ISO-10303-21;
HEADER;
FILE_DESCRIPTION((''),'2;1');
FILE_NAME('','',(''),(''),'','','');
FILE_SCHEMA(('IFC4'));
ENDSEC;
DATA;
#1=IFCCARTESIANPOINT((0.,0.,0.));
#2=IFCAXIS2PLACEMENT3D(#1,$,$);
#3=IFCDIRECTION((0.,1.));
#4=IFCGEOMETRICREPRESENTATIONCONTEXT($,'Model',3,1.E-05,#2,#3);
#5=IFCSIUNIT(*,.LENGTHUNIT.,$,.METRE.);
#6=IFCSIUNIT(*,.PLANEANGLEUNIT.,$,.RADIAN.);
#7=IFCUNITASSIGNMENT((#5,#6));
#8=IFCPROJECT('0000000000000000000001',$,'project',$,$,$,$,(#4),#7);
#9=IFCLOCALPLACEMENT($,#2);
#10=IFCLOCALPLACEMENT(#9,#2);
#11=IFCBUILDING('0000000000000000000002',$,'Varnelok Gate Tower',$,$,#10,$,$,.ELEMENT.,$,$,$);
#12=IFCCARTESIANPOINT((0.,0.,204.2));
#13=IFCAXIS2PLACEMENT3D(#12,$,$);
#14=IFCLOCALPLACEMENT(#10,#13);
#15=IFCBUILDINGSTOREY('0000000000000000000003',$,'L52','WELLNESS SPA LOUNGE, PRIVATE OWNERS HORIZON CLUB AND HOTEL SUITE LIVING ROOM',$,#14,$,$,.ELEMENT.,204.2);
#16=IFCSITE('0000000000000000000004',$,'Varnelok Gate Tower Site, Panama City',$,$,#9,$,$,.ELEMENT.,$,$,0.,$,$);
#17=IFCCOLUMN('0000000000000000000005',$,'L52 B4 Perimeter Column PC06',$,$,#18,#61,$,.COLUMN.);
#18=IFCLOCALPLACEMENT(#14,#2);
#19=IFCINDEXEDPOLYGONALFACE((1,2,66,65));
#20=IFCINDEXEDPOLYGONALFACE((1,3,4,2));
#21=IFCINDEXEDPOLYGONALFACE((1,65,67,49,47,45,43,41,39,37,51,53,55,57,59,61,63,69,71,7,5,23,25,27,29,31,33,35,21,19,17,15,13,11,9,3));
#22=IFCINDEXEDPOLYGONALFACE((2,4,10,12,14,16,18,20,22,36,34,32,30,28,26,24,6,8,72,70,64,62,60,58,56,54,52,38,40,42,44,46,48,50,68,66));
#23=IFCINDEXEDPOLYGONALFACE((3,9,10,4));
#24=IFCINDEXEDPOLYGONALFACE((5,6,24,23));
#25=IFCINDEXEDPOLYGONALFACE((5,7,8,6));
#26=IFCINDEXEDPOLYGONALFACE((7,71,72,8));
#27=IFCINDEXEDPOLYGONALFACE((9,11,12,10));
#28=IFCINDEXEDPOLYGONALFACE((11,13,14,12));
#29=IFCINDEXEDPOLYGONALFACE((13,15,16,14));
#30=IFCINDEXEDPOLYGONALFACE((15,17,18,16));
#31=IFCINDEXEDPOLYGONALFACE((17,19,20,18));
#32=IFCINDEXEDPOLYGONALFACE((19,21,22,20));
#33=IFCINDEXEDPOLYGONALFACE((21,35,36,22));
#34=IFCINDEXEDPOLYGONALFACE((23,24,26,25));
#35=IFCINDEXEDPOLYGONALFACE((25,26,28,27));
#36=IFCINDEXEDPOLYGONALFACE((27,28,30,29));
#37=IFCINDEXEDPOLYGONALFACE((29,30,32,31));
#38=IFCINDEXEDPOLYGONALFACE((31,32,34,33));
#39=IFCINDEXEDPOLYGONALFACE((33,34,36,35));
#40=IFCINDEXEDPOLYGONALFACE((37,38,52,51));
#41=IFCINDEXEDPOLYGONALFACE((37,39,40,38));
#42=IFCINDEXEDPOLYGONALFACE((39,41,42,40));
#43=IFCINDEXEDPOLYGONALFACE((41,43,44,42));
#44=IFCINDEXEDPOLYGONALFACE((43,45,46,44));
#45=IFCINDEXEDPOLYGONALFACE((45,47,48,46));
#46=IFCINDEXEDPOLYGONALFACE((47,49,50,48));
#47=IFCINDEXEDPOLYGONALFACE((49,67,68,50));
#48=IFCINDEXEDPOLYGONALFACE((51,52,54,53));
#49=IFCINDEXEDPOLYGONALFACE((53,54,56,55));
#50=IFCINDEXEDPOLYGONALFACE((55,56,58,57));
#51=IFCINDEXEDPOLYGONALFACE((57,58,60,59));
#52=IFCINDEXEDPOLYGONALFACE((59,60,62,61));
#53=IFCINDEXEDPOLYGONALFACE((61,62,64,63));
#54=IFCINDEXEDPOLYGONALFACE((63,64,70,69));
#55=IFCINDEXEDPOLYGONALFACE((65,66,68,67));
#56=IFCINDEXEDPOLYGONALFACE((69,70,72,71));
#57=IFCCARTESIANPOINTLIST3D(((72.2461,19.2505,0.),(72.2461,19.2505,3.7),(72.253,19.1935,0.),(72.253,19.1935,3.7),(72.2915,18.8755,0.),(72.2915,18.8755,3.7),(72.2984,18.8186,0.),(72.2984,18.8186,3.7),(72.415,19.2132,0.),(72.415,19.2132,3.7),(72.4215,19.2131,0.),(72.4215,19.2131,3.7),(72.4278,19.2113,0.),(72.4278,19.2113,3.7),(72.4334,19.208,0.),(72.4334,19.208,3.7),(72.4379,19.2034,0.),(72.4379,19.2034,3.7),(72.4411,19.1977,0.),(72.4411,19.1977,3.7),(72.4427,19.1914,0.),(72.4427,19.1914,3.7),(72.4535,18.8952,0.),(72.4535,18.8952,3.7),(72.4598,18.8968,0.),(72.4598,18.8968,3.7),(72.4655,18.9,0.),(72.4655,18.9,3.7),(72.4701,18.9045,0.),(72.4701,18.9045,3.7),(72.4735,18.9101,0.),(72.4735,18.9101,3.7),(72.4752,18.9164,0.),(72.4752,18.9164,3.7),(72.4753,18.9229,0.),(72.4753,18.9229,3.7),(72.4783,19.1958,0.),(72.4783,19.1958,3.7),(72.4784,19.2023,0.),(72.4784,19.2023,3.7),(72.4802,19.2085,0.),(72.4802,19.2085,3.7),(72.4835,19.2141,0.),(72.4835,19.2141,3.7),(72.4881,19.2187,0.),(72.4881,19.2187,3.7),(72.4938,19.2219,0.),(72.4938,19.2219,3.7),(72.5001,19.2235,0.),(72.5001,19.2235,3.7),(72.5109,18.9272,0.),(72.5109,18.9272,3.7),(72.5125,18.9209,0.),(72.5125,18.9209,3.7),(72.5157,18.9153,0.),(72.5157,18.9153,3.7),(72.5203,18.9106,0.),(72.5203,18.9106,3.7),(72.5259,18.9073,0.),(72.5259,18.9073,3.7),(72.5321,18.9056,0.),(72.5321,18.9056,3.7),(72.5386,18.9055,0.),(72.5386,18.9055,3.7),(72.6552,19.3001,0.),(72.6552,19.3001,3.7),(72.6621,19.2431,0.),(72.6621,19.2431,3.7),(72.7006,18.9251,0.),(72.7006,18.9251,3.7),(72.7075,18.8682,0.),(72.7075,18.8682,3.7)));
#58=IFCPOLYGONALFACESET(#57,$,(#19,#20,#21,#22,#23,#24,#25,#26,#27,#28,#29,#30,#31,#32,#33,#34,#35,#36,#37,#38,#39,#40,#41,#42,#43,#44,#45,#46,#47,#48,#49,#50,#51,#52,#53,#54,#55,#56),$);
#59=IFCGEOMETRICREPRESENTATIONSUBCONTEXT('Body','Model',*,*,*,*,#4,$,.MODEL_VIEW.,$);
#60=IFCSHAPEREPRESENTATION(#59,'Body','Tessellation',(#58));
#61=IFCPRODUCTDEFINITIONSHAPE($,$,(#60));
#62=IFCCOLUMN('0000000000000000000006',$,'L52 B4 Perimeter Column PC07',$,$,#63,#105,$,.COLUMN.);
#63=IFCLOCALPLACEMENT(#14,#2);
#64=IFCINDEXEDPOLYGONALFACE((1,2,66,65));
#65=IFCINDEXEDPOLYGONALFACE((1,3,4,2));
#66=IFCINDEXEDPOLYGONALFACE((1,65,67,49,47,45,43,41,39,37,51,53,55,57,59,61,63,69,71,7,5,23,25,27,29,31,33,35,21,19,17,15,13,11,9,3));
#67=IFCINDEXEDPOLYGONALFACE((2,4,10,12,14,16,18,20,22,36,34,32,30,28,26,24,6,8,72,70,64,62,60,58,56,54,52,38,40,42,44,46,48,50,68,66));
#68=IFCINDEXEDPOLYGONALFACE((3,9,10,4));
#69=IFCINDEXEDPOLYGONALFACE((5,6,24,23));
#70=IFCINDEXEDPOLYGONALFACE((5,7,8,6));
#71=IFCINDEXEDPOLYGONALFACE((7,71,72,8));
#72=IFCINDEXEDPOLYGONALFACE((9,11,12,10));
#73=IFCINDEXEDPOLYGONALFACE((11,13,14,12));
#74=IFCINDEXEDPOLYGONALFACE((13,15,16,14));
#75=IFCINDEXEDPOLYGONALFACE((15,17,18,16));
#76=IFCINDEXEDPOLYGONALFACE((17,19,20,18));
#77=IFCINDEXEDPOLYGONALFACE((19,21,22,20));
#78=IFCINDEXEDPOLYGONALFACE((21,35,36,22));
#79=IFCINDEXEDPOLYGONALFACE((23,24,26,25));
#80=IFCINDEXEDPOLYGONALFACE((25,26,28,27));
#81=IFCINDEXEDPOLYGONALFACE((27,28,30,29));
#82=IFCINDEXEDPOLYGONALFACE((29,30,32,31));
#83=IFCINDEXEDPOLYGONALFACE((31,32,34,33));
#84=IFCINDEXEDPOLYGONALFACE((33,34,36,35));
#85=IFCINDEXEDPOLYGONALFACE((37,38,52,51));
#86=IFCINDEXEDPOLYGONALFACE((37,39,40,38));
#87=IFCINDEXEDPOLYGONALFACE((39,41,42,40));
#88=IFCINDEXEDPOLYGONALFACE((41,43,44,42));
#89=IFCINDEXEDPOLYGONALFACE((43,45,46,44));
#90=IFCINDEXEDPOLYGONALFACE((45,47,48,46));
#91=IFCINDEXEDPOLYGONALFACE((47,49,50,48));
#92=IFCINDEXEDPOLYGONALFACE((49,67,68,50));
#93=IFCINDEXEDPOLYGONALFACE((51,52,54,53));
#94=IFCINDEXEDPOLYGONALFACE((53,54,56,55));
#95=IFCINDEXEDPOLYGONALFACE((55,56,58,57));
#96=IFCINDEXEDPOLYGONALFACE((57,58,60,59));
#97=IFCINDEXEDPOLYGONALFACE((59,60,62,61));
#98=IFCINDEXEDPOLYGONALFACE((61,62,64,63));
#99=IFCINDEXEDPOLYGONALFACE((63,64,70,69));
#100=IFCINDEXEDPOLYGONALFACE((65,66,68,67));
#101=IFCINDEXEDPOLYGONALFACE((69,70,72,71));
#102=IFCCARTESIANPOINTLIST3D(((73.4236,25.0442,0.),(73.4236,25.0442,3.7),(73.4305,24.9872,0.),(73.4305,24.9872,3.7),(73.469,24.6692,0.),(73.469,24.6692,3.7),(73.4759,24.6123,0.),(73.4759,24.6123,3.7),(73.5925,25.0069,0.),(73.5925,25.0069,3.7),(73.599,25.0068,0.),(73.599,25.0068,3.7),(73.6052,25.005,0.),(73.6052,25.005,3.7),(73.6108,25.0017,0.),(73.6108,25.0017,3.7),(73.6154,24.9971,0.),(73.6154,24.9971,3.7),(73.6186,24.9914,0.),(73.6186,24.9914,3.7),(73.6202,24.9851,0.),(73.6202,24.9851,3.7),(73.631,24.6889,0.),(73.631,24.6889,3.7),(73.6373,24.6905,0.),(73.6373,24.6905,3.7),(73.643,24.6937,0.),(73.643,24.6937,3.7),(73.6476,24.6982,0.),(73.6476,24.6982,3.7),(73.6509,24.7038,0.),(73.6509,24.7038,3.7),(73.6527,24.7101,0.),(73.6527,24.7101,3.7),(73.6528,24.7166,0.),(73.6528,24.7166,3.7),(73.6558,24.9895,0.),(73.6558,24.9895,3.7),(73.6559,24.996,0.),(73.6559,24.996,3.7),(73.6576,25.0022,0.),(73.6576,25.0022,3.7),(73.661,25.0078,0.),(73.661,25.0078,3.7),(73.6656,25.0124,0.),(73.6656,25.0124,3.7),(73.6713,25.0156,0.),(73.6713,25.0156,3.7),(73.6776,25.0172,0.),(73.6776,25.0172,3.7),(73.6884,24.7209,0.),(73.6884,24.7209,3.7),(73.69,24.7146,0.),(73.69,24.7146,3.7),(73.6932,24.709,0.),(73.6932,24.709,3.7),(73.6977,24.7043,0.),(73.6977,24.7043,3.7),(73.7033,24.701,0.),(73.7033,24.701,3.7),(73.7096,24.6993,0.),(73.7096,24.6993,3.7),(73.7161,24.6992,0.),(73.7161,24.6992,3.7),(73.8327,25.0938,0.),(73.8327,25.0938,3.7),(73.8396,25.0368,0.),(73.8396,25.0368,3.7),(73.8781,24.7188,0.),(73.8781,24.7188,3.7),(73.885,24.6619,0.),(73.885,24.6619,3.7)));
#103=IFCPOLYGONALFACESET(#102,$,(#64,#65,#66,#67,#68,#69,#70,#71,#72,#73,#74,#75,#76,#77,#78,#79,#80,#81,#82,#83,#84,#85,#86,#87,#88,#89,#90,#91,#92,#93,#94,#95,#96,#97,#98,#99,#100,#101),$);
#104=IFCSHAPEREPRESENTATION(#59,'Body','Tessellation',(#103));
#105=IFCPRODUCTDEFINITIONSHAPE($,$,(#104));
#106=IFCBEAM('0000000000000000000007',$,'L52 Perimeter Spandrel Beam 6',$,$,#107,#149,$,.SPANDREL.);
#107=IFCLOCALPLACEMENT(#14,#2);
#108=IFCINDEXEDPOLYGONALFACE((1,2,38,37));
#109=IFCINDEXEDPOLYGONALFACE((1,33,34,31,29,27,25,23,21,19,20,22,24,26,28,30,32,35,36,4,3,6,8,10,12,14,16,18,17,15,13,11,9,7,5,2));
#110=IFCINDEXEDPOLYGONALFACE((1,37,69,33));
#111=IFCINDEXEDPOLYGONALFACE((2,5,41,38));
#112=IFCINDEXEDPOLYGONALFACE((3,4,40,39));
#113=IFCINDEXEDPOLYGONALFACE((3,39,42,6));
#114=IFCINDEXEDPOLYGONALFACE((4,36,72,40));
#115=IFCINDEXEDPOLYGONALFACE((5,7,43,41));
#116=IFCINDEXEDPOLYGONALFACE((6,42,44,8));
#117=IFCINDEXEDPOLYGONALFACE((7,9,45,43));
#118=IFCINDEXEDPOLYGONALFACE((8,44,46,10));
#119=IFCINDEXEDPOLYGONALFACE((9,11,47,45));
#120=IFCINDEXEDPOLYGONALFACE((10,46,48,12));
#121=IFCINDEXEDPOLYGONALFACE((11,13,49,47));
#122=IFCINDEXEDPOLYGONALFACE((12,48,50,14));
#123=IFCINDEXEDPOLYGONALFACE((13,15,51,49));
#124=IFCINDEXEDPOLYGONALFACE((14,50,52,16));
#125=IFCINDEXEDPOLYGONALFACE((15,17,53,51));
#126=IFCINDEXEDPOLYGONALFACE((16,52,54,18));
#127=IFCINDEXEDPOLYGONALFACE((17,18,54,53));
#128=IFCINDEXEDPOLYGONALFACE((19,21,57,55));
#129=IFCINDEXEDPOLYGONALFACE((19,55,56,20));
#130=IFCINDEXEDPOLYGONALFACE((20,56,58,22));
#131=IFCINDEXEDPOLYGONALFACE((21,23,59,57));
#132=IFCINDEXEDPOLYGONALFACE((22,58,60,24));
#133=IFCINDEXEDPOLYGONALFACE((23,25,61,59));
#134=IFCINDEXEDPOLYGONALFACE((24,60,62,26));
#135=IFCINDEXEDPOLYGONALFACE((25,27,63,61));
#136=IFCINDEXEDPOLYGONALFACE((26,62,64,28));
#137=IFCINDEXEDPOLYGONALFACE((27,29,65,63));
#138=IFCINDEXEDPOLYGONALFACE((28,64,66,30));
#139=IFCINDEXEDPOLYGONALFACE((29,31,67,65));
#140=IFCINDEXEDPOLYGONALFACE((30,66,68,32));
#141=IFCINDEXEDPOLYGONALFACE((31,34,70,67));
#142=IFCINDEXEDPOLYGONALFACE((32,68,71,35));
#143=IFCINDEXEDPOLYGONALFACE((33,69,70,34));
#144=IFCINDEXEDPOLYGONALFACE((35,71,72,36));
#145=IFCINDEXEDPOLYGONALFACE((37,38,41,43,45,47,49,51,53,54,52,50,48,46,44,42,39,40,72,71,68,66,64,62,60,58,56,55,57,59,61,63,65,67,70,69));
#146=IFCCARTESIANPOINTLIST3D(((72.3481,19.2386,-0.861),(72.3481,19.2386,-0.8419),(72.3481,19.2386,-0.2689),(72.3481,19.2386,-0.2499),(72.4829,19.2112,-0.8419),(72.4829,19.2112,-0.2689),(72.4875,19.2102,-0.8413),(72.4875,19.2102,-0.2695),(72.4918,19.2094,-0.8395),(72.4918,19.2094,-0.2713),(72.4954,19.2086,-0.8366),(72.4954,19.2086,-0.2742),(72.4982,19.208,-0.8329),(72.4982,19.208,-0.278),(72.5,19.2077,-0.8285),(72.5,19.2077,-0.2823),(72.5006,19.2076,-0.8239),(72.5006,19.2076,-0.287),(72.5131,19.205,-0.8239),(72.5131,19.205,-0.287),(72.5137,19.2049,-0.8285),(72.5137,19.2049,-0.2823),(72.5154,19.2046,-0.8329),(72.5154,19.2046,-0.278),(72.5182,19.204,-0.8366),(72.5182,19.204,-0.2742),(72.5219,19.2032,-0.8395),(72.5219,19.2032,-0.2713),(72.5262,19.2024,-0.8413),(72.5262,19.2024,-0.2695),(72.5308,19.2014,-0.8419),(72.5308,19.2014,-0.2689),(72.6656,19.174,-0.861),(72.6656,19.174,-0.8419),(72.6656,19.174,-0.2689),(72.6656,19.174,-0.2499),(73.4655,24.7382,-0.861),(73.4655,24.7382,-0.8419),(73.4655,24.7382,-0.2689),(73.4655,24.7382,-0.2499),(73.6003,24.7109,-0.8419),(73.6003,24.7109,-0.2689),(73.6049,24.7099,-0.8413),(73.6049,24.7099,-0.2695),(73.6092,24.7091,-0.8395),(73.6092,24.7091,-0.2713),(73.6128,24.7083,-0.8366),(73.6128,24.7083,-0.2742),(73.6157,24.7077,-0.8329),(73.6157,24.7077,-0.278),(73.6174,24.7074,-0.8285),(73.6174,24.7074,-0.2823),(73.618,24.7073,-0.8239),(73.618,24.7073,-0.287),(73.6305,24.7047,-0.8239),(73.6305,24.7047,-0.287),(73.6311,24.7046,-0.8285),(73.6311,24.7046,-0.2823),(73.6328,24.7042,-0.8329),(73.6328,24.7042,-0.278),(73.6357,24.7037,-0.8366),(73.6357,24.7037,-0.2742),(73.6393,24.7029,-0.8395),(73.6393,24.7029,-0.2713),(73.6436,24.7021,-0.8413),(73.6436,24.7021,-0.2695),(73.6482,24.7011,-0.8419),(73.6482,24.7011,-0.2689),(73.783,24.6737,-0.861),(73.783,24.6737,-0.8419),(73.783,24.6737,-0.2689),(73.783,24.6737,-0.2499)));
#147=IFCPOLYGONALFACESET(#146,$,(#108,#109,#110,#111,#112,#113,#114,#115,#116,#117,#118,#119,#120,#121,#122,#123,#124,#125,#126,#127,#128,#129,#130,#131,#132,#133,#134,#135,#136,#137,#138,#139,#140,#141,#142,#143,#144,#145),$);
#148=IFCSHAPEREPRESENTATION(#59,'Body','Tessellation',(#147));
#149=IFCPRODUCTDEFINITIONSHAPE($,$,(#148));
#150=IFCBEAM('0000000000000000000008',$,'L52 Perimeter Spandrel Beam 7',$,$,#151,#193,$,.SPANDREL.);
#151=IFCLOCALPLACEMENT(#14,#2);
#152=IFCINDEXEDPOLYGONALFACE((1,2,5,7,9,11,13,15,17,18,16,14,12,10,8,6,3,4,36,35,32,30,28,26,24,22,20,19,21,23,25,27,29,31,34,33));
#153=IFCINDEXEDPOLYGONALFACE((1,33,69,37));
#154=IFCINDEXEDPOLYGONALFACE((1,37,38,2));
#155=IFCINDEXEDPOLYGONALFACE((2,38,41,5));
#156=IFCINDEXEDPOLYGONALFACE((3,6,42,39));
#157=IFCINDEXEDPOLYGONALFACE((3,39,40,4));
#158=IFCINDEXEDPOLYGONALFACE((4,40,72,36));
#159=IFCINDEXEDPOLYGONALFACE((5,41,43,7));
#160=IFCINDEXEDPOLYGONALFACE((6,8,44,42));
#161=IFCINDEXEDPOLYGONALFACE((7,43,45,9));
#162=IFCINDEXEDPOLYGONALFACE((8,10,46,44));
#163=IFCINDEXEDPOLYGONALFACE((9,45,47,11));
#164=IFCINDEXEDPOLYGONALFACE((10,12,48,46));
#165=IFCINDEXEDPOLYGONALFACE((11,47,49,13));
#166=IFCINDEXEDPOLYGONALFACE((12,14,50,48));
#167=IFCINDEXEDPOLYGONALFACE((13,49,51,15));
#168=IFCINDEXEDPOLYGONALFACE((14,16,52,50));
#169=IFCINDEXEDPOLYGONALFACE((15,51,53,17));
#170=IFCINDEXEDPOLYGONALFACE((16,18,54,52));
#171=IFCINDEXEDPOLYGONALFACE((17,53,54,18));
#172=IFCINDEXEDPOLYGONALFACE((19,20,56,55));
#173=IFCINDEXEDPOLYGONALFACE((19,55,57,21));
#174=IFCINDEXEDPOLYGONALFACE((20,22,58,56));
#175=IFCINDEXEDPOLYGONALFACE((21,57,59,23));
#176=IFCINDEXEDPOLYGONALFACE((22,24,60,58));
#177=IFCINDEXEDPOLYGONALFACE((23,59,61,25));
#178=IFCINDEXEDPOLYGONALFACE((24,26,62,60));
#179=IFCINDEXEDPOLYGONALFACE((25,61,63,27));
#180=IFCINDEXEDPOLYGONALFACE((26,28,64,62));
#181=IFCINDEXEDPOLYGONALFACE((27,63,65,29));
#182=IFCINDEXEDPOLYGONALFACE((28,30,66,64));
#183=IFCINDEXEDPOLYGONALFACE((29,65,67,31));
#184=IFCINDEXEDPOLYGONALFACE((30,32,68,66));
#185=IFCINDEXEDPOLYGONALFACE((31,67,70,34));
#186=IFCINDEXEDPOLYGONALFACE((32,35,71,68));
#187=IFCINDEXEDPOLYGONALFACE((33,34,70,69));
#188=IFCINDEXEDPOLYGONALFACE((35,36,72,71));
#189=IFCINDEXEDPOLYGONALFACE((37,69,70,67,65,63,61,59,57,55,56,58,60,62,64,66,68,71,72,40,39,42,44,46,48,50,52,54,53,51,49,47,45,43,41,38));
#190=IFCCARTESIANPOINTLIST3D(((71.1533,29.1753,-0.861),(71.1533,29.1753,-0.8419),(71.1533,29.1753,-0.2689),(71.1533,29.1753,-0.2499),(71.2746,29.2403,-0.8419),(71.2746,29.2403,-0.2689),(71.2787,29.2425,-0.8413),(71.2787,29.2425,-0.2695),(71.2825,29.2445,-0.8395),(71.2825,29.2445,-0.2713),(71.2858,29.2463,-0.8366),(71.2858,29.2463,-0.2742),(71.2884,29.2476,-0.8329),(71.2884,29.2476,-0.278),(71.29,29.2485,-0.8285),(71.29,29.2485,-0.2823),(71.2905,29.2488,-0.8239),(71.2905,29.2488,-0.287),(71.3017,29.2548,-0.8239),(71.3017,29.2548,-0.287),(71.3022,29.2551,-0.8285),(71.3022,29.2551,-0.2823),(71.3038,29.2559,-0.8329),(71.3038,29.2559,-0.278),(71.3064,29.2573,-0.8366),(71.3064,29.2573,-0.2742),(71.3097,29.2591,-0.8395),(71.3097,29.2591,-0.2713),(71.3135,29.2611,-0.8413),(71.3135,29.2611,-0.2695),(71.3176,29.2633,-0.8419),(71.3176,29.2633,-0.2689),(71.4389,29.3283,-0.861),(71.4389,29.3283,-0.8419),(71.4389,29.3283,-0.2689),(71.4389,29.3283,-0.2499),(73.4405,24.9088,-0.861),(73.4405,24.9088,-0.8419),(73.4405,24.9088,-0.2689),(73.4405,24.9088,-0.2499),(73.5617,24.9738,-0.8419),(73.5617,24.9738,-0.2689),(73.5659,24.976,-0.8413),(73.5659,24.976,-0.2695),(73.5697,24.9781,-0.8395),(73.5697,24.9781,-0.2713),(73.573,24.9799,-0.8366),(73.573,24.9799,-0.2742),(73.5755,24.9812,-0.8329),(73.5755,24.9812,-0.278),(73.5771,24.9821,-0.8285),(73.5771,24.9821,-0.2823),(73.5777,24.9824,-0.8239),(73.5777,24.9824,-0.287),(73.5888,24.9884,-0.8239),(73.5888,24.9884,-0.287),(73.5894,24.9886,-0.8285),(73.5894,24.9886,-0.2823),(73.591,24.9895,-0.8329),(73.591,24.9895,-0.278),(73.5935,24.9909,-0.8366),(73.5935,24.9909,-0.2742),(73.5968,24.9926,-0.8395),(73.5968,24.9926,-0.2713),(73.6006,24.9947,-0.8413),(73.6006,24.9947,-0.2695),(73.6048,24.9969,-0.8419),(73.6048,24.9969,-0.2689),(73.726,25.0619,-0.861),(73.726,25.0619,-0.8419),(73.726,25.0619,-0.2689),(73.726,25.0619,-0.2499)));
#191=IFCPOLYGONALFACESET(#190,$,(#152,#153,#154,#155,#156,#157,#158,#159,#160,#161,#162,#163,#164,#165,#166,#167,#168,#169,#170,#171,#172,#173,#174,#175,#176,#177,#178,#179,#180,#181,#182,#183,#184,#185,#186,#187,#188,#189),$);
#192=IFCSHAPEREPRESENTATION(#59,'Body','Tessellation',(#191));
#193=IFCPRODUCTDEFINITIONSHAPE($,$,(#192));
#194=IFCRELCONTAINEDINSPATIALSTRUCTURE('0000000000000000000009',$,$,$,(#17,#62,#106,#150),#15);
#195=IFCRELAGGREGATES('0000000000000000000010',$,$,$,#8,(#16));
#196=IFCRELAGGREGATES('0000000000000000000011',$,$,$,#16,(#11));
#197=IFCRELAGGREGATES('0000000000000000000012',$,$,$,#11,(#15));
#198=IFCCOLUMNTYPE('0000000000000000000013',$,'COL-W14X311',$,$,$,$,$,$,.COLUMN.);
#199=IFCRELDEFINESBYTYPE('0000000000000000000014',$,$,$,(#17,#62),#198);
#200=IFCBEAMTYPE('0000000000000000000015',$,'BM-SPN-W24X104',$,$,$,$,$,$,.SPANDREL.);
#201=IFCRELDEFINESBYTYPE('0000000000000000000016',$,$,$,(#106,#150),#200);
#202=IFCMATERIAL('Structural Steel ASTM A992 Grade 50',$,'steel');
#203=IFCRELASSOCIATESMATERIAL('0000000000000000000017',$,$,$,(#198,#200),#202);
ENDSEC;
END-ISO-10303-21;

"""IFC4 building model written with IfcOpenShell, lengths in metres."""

from ifc_helpers import new_model, si_unit, direction, frame, origin, origin_2d, place, context, subcontext, project, spatial, i_section, extrude, material, material_profile, profile_set, type_object, element, save


model = new_model("IFC4")

# Units and contexts
model_context = context("Model", 3, precision=1e-05, world=origin(), true_north=direction((0.0, 1.0)))
body_context = subcontext(model_context, "Body", "Model", "MODEL_VIEW")
ifc_project = project(units=[si_unit("LENGTHUNIT", "METRE"), si_unit("PLANEANGLEUNIT", "RADIAN")], contexts=[model_context])

# Site, building, storey
site_placement = place(None, origin())
site = spatial("IfcSite", under=ifc_project, at=site_placement, Name="Varnelok Gate Tower Site, Panama City", CompositionType="ELEMENT", RefElevation=0.0)
building_placement = place(site_placement, origin())
building = spatial("IfcBuilding", under=site, at=building_placement, Name="Varnelok Gate Tower", CompositionType="ELEMENT")
storey_placement = place(building_placement, frame((0.0, 0.0, 204.2)))
storey = spatial("IfcBuildingStorey", under=building, at=storey_placement, Name="L52", Description="WELLNESS SPA LOUNGE, PRIVATE OWNERS HORIZON CLUB AND HOTEL SUITE LIVING ROOM", CompositionType="ELEMENT", Elevation=204.2)

# Columns
ifc_material_1 = material(Name="Structural Steel ASTM A992 Grade 50", Category="steel")
ifc_material_profile_1 = material_profile(ifc_material_1, i_section(OverallWidth=0.4121, OverallDepth=0.4351, WebThickness=0.0359, FlangeThickness=0.0574, FilletRadius=0.0249, at=origin_2d()), Name="W14X311")
ifc_profile_set_1 = profile_set([ifc_material_profile_1], Name="Structural Steel ASTM A992 Grade 50")
column_type = type_object("IfcColumnType", Name="COL-W14X311", PredefinedType="COLUMN", material=ifc_profile_set_1)
for number, where, z_axis, x_axis, name in (
    (1, (72.4768, 19.0593, 0.0), (0.0, 0.0, 1.0), (0.992732, 0.120345, 0.0), "L52 B4 Perimeter Column PC06"),
    (2, (73.6543, 24.853, 0.0), (0.0, 0.0, 1.0), (0.992732, 0.120345, 0.0), "L52 B4 Perimeter Column PC07"),
):
    element("IfcColumn", number, at=place(storey_placement, frame(where, z_axis=z_axis, x_axis=x_axis)), inside=storey, type_object=column_type, Name=name, PredefinedType="COLUMN", context=body_context, shape_type="SweptSolid", body=[
        extrude(i_section(OverallWidth=0.4121, OverallDepth=0.4351, WebThickness=0.0359, FlangeThickness=0.0574, FilletRadius=0.0249, at=origin_2d()), origin(), (0.0, 0.0, 1.0), 3.7),
    ])

# Beams
ifc_material_profile_2 = material_profile(ifc_material_1, i_section(OverallWidth=0.324, OverallDepth=0.6111, WebThickness=0.0127, FlangeThickness=0.019, FilletRadius=0.0181, at=origin_2d()), Name="W24X104")
ifc_profile_set_2 = profile_set([ifc_material_profile_2], Name="Structural Steel ASTM A992 Grade 50")
beam_type = type_object("IfcBeamType", Name="BM-SPN-W24X104", PredefinedType="SPANDREL", material=ifc_profile_set_2)
beam_1_placement = place(storey_placement, frame((72.5068, 19.2063, -0.5554), z_axis=(0.19911, 0.979977, 0.0), x_axis=(-0.979977, 0.19911, 0.0)))
element("IfcBeam", 3, at=beam_1_placement, inside=storey, type_object=beam_type, Name="L52 Perimeter Spandrel Beam 6", PredefinedType="SPANDREL", context=body_context, shape_type="SweptSolid", body=[
    extrude(i_section(OverallWidth=0.324, OverallDepth=0.6111, WebThickness=0.0127, FlangeThickness=0.019, FilletRadius=0.0181, at=origin_2d()), origin(), (0.0, 0.0, 1.0), 5.6121),
])
beam_2_placement = place(storey_placement, frame((73.5833, 24.9854, -0.5554), z_axis=(-0.472472, 0.881346, 0.0), x_axis=(-0.881346, -0.472472, 0.0)))
element("IfcBeam", 4, at=beam_2_placement, inside=storey, type_object=beam_type, Name="L52 Perimeter Spandrel Beam 7", PredefinedType="SPANDREL", context=body_context, shape_type="SweptSolid", body=[
    extrude(i_section(OverallWidth=0.324, OverallDepth=0.6111, WebThickness=0.0127, FlangeThickness=0.019, FilletRadius=0.0181, at=origin_2d()), origin(), (0.0, 0.0, 1.0), 4.8408),
])

save(model, "model.ifc")
